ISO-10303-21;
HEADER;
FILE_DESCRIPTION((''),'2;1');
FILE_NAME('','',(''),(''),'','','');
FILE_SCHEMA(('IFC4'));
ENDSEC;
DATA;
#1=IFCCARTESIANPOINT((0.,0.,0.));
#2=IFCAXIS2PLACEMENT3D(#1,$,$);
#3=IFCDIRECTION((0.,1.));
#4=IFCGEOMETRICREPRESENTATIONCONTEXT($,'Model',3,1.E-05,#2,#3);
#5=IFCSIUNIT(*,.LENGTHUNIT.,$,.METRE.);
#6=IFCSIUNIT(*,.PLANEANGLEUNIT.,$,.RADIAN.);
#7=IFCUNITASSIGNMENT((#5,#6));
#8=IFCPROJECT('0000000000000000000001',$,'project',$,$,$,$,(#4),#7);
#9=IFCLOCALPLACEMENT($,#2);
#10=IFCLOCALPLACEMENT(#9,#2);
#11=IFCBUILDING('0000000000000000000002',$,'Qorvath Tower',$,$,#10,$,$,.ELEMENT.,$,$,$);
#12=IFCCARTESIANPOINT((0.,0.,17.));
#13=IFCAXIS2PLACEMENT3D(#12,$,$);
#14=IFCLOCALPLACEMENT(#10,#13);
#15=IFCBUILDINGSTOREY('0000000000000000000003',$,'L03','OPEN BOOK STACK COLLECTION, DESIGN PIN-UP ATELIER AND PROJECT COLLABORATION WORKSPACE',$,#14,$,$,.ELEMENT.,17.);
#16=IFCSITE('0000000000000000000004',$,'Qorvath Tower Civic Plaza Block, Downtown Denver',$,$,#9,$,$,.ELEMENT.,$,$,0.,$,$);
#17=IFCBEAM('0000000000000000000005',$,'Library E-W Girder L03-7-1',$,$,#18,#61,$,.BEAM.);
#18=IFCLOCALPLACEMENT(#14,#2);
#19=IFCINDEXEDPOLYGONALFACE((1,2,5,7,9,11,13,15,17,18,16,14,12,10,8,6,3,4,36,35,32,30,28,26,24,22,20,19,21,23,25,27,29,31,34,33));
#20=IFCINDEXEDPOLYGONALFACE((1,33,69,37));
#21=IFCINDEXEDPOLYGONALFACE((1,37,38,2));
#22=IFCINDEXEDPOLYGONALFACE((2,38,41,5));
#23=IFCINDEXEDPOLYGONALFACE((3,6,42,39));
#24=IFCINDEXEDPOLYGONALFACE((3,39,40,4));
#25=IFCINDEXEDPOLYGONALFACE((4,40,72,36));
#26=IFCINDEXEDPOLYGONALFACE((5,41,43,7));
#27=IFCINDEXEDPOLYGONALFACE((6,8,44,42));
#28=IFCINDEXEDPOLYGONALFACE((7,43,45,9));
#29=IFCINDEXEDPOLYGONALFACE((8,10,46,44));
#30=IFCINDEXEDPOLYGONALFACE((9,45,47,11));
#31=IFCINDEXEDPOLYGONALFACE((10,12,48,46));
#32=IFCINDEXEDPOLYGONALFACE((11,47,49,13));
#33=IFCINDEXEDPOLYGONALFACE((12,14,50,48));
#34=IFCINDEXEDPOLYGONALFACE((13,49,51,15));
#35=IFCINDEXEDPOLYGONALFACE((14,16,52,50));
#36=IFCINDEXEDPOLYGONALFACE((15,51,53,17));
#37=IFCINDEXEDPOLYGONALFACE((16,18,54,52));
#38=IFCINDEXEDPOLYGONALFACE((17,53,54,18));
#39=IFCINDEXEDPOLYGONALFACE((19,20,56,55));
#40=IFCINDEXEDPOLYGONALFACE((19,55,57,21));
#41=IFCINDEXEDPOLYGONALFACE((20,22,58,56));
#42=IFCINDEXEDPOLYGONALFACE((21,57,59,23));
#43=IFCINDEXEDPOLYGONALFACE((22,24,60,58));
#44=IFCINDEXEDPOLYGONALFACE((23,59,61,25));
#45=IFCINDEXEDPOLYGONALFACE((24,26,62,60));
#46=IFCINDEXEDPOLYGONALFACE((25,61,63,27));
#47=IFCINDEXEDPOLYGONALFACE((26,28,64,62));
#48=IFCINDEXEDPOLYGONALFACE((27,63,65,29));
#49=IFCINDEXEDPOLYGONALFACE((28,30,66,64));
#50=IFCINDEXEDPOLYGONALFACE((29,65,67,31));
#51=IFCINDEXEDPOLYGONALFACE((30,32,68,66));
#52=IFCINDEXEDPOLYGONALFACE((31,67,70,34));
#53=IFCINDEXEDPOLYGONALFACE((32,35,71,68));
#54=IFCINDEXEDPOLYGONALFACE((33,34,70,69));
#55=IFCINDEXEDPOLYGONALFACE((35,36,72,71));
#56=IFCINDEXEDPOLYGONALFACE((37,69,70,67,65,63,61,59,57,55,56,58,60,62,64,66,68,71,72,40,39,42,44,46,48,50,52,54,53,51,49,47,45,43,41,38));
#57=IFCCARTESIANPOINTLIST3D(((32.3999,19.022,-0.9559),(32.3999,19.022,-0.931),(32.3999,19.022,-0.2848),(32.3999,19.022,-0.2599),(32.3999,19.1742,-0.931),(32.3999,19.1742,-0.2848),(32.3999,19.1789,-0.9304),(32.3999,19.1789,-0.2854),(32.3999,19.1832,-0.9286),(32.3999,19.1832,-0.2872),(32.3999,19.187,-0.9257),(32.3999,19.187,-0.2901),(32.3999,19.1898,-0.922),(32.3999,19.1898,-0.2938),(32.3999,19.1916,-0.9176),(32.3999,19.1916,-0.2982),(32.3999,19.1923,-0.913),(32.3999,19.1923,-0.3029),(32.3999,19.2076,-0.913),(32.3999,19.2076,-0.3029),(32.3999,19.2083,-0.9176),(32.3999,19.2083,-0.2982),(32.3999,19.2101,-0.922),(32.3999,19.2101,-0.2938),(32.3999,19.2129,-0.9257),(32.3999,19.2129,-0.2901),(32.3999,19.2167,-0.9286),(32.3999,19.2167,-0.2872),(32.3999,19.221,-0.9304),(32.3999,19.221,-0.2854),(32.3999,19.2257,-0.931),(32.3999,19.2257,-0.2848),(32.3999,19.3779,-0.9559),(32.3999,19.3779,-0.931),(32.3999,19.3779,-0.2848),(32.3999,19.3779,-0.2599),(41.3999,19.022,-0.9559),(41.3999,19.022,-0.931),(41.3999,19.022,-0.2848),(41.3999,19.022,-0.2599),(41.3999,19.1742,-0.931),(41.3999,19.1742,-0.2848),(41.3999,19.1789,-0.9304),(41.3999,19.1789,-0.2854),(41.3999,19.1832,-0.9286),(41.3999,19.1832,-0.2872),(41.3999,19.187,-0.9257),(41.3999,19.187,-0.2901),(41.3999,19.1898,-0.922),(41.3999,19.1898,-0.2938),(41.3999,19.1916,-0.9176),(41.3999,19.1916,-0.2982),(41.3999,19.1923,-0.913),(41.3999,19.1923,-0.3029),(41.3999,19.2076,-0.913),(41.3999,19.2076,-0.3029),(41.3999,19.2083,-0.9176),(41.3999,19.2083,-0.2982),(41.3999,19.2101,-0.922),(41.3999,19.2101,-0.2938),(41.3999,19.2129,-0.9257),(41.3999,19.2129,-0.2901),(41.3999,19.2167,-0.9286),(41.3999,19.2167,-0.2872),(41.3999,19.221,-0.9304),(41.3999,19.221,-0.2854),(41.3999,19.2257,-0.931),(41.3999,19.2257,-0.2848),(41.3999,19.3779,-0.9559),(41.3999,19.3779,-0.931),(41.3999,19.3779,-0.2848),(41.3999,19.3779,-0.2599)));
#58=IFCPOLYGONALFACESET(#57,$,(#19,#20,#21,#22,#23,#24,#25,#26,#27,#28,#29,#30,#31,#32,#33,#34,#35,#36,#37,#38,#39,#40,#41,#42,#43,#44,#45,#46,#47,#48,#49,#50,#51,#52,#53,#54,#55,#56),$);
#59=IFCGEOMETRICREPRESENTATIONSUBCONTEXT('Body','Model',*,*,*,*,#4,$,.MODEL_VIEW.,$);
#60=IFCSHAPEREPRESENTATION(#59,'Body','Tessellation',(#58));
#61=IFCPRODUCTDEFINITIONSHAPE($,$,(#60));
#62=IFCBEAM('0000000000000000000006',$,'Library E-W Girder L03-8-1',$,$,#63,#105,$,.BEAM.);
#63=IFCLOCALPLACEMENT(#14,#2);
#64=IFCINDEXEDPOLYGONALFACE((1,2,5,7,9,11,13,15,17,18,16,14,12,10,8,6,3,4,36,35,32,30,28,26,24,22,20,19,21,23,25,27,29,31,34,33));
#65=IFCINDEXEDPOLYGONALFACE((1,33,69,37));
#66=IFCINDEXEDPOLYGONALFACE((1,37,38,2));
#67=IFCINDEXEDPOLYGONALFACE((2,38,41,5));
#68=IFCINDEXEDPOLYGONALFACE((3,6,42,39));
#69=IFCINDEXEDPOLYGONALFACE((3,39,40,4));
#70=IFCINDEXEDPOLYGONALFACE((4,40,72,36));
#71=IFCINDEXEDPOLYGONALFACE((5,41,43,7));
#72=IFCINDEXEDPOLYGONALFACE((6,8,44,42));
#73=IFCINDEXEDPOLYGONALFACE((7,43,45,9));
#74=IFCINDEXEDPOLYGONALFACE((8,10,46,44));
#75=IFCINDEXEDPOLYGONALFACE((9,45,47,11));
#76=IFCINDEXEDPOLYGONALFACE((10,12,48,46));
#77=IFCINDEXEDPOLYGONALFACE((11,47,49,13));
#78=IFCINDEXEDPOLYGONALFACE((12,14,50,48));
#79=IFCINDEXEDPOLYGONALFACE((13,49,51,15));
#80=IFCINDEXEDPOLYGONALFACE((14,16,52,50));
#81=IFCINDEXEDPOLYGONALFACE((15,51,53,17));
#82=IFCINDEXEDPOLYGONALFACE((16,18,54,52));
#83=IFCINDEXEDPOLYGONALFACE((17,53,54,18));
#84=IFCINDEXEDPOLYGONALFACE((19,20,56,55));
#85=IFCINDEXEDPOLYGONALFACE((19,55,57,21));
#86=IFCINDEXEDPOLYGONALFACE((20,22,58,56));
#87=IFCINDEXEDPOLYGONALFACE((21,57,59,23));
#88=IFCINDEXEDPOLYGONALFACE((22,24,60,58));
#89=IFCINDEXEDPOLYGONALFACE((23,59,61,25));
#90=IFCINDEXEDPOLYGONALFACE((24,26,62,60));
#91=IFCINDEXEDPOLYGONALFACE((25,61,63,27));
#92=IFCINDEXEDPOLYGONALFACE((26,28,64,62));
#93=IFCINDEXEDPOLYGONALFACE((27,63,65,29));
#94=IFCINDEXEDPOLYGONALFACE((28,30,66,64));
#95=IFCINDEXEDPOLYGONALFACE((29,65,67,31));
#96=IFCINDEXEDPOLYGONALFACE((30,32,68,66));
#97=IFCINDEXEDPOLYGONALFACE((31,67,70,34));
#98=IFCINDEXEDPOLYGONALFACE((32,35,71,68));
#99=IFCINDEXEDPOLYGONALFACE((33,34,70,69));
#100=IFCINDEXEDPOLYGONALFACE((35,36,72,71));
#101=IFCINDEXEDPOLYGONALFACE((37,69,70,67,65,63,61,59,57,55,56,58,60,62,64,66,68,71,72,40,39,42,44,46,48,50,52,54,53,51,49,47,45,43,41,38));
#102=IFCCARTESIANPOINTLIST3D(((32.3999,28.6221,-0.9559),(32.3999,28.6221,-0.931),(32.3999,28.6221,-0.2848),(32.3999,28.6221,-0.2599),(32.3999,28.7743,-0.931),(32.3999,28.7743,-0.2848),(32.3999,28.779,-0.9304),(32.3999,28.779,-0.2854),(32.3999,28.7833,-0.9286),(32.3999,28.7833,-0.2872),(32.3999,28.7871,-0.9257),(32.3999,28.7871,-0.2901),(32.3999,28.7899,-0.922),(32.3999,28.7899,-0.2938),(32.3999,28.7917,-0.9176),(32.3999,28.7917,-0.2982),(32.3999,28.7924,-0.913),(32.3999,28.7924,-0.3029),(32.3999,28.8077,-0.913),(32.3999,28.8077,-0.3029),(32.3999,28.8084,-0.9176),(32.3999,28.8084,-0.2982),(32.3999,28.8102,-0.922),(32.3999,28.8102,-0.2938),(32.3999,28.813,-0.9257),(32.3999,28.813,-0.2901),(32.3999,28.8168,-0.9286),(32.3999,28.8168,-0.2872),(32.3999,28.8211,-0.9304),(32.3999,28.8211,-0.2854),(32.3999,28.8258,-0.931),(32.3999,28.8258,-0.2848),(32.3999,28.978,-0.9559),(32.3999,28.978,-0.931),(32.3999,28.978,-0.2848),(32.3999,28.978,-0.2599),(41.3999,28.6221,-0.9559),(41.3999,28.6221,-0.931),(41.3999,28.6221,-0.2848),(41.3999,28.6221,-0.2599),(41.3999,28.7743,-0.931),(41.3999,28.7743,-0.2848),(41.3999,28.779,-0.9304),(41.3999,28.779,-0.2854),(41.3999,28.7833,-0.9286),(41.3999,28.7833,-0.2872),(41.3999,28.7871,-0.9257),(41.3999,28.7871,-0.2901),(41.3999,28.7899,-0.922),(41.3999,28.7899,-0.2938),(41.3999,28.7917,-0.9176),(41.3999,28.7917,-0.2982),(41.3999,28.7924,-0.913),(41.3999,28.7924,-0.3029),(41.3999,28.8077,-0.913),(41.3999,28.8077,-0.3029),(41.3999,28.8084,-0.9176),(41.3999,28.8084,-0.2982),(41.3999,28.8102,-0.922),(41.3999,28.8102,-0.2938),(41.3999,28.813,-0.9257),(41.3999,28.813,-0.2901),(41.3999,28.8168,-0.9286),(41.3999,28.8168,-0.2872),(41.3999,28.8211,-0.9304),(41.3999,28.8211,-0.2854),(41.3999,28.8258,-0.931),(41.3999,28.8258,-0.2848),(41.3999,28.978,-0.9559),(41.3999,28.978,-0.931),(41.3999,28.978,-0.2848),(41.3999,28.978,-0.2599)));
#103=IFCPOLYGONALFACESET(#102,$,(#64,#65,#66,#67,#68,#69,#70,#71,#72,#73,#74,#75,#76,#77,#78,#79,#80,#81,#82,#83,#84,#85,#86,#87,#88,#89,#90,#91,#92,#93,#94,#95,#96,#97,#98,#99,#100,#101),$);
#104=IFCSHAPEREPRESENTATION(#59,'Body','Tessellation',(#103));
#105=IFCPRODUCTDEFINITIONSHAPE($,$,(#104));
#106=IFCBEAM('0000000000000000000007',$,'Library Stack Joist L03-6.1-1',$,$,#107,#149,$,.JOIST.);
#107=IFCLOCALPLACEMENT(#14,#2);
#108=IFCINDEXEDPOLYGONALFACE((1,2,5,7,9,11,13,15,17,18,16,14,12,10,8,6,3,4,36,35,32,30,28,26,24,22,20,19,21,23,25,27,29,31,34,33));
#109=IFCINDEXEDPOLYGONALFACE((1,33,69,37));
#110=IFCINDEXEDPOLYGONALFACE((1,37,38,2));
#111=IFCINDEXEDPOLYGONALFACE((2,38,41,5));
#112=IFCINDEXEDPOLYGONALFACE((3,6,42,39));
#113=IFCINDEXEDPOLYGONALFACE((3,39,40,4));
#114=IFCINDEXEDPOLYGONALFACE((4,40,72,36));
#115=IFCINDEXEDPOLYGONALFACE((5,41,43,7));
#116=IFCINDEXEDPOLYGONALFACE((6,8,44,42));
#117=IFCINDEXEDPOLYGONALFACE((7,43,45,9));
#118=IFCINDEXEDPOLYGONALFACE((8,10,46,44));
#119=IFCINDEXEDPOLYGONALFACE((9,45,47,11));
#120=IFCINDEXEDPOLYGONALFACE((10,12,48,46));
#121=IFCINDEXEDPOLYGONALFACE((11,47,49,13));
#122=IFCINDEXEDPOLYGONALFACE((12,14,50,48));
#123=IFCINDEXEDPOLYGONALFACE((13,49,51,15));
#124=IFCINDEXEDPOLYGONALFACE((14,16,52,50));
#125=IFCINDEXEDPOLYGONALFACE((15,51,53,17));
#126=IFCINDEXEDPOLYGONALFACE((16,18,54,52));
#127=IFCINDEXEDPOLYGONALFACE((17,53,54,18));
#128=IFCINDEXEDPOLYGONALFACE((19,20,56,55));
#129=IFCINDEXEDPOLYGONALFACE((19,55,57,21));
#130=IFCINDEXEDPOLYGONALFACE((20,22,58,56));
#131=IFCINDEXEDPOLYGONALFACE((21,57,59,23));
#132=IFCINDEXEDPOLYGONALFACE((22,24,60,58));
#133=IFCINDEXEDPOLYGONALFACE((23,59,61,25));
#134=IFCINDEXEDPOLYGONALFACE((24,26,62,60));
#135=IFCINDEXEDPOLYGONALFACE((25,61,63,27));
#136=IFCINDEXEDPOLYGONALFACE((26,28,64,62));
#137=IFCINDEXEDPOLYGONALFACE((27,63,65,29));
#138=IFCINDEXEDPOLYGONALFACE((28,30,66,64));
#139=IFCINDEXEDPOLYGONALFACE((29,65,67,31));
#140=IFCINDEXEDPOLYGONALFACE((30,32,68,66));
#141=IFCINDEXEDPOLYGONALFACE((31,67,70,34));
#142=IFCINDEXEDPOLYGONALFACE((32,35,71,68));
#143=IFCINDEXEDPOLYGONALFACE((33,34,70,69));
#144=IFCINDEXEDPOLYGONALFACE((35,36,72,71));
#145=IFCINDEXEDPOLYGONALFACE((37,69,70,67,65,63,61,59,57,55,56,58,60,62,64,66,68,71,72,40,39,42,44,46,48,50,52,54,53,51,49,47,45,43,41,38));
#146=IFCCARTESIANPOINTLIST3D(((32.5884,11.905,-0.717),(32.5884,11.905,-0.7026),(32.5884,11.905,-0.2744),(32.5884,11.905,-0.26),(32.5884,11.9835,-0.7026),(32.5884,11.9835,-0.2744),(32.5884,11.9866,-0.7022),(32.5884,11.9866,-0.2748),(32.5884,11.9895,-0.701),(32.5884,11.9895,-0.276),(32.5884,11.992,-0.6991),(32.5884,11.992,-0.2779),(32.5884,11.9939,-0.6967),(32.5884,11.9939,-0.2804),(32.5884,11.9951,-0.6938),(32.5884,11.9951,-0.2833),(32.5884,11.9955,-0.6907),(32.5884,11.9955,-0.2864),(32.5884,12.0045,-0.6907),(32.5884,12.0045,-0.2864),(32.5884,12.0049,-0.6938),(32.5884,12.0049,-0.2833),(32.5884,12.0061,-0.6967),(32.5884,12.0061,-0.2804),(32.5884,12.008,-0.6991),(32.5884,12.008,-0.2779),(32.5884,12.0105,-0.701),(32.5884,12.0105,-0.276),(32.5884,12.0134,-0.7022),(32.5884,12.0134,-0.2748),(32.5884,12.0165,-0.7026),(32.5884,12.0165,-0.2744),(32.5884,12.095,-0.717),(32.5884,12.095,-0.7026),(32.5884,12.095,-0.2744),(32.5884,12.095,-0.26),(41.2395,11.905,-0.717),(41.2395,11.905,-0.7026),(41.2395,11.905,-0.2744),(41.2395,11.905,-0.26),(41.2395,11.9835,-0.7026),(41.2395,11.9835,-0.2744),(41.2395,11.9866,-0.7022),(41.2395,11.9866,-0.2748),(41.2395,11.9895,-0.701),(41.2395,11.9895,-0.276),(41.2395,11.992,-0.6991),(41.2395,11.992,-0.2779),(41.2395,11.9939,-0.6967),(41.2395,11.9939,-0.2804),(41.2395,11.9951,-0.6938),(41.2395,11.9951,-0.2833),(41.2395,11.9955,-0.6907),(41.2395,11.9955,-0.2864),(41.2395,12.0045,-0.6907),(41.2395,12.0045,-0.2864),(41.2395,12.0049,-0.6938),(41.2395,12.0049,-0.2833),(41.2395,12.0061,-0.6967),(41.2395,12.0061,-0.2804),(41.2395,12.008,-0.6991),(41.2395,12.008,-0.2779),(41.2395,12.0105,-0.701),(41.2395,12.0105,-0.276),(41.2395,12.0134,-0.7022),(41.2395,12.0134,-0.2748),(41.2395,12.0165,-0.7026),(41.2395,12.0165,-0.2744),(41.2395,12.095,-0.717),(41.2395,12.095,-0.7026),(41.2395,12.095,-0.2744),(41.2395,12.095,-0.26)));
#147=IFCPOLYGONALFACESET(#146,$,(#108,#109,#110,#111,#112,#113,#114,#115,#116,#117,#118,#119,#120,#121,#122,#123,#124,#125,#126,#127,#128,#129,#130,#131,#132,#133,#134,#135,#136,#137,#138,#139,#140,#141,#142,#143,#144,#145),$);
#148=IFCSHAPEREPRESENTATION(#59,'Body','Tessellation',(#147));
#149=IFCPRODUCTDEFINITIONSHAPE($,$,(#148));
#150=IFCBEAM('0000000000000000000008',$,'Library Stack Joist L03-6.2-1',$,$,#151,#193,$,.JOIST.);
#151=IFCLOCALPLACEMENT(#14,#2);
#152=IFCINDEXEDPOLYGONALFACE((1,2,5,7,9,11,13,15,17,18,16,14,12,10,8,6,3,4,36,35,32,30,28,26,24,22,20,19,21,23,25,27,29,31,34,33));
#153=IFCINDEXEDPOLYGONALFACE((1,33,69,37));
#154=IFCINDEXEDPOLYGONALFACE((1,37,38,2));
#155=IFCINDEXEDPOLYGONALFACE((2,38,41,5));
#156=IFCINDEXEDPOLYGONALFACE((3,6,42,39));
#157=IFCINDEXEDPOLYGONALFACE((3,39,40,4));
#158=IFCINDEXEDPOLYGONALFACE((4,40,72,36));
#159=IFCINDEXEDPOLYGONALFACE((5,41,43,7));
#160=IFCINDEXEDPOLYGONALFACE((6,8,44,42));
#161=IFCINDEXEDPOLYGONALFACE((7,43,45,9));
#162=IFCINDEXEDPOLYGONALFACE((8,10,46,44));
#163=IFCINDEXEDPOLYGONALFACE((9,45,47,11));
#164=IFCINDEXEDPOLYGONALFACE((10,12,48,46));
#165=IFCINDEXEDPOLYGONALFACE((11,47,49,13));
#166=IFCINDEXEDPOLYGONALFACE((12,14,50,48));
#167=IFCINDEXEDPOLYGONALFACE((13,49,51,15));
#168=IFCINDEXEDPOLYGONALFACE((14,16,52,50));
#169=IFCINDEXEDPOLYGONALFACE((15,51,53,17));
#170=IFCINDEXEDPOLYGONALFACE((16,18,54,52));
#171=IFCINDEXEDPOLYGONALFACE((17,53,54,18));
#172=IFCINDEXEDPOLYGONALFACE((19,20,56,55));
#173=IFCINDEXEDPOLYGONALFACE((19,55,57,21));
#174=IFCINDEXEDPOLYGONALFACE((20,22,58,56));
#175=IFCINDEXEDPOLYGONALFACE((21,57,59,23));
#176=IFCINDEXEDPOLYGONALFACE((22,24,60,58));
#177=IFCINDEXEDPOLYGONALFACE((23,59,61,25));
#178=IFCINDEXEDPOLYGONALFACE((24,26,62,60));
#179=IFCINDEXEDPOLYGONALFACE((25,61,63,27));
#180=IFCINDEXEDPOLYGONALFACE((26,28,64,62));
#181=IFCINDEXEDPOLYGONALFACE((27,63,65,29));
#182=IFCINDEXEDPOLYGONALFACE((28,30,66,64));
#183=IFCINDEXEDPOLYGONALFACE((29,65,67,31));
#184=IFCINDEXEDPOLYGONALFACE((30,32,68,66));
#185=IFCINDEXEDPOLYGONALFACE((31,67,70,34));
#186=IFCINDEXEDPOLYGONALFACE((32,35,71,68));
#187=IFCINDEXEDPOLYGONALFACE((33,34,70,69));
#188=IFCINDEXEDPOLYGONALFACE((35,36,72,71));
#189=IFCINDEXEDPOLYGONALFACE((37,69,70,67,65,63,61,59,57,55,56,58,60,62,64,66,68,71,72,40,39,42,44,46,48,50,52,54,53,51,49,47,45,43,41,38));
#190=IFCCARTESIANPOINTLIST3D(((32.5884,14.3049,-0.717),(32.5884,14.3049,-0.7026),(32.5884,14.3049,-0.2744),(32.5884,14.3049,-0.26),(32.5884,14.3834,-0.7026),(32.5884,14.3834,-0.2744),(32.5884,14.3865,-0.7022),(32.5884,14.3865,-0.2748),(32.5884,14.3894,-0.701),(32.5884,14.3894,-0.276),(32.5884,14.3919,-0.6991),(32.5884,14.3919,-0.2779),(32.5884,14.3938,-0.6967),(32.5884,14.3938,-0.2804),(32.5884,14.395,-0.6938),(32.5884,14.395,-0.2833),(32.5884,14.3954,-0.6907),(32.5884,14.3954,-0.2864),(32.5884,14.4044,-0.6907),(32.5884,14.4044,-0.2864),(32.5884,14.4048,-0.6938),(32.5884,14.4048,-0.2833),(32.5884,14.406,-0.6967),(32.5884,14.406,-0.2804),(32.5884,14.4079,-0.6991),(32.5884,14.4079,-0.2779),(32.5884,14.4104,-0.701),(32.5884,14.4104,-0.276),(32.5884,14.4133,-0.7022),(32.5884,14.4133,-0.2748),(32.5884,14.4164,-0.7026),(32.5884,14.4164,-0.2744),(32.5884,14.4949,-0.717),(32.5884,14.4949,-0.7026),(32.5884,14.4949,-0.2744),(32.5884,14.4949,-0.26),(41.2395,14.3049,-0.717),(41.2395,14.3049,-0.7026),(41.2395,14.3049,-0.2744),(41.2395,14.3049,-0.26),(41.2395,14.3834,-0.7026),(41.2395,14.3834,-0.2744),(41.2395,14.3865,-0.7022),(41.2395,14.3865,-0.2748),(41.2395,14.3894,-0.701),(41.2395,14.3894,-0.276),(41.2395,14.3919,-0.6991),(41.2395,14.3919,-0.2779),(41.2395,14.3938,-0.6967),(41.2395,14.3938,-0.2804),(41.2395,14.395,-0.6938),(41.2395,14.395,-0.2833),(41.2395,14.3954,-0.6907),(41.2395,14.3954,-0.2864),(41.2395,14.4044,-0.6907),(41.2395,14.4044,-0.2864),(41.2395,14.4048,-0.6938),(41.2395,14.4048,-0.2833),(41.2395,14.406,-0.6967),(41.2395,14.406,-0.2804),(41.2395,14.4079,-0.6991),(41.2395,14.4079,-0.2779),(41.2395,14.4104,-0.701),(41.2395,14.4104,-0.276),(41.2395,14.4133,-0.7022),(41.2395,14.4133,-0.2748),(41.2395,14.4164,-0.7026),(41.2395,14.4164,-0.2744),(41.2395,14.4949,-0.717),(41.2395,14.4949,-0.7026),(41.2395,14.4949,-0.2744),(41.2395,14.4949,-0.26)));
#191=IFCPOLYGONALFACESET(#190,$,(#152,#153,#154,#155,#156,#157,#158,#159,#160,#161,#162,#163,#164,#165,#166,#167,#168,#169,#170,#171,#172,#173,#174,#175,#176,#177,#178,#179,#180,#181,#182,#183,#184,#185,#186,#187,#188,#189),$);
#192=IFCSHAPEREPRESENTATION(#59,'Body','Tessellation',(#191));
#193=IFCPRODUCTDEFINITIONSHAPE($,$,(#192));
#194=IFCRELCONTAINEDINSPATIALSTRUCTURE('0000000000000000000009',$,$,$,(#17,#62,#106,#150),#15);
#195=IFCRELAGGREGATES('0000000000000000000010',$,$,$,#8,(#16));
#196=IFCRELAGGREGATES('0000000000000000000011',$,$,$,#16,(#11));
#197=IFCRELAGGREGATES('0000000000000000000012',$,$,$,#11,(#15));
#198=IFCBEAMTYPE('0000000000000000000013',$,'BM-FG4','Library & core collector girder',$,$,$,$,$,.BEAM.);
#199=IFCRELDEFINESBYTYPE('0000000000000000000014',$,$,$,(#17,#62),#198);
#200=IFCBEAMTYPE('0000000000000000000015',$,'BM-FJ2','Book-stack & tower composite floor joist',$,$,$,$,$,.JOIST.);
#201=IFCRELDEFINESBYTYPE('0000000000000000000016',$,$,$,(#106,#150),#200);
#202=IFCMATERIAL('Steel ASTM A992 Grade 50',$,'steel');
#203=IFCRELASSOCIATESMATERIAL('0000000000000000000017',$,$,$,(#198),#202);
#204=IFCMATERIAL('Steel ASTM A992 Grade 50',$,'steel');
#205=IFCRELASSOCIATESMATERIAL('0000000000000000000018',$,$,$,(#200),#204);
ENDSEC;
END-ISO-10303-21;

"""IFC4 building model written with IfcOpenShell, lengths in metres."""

from ifc_helpers import new_model, si_unit, direction, frame, origin, origin_2d, place, context, subcontext, project, spatial, i_section, extrude, material, material_profile, profile_set, type_object, element, save


model = new_model("IFC4")

# Units and contexts
model_context = context("Model", 3, precision=1e-05, world=origin(), true_north=direction((0.0, 1.0)))
body_context = subcontext(model_context, "Body", "Model", "MODEL_VIEW")
ifc_project = project(units=[si_unit("LENGTHUNIT", "METRE"), si_unit("PLANEANGLEUNIT", "RADIAN")], contexts=[model_context])

# Site, building, storey
site_placement = place(None, origin())
site = spatial("IfcSite", under=ifc_project, at=site_placement, Name="Qorvath Tower Civic Plaza Block, Downtown Denver", CompositionType="ELEMENT", RefElevation=0.0)
building_placement = place(site_placement, origin())
building = spatial("IfcBuilding", under=site, at=building_placement, Name="Qorvath Tower", CompositionType="ELEMENT")
storey_placement = place(building_placement, frame((0.0, 0.0, 17.0)))
storey = spatial("IfcBuildingStorey", under=building, at=storey_placement, Name="L03", Description="OPEN BOOK STACK COLLECTION, DESIGN PIN-UP ATELIER AND PROJECT COLLABORATION WORKSPACE", CompositionType="ELEMENT", Elevation=17.0)

# Beams
ifc_material_1 = material(Name="Steel ASTM A992 Grade 50", Category="steel")
ifc_material_profile_1 = material_profile(ifc_material_1, i_section(OverallWidth=0.356, OverallDepth=0.696, WebThickness=0.0154, FlangeThickness=0.0249, FilletRadius=0.0181, at=origin_2d()), Name="W27x146")
ifc_profile_set_1 = profile_set([ifc_material_profile_1], Name="Steel ASTM A992 Grade 50")
beam_type_1 = type_object("IfcBeamType", Name="BM-FG4", Description="Library & core collector girder", PredefinedType="BEAM", material=ifc_profile_set_1)
for number, where, z_axis, x_axis, name in (
    (1, (32.3999, 19.2, -0.6079), (1.0, 0.0, 0.0), (0.0, 1.0, 0.0), "Library E-W Girder L03-7-1"),
    (2, (32.3999, 28.8, -0.6079), (1.0, 0.0, 0.0), (0.0, 1.0, 0.0), "Library E-W Girder L03-8-1"),
):
    element("IfcBeam", number, at=place(storey_placement, frame(where, z_axis=z_axis, x_axis=x_axis)), inside=storey, type_object=beam_type_1, Name=name, PredefinedType="BEAM", context=body_context, shape_type="SweptSolid", body=[
        extrude(i_section(OverallWidth=0.356, OverallDepth=0.696, WebThickness=0.0154, FlangeThickness=0.0249, FilletRadius=0.0181, at=origin_2d()), origin(), (0.0, 0.0, 1.0), 9.0),
    ])
ifc_material_2 = material(Name="Steel ASTM A992 Grade 50", Category="steel")
ifc_material_profile_2 = material_profile(ifc_material_2, i_section(OverallWidth=0.1899, OverallDepth=0.457, WebThickness=0.009, FlangeThickness=0.0144, FilletRadius=0.012, at=origin_2d()), Name="W18x50")
ifc_profile_set_2 = profile_set([ifc_material_profile_2], Name="Steel ASTM A992 Grade 50")
beam_type_2 = type_object("IfcBeamType", Name="BM-FJ2", Description="Book-stack & tower composite floor joist", PredefinedType="JOIST", material=ifc_profile_set_2)
for number, where, z_axis, x_axis, name in (
    (3, (32.5884, 12.0, -0.4885), (1.0, 0.0, 0.0), (0.0, 1.0, 0.0), "Library Stack Joist L03-6.1-1"),
    (4, (32.5884, 14.3999, -0.4885), (1.0, 0.0, 0.0), (0.0, 1.0, 0.0), "Library Stack Joist L03-6.2-1"),
):
    element("IfcBeam", number, at=place(storey_placement, frame(where, z_axis=z_axis, x_axis=x_axis)), inside=storey, type_object=beam_type_2, Name=name, PredefinedType="JOIST", context=body_context, shape_type="SweptSolid", body=[
        extrude(i_section(OverallWidth=0.1899, OverallDepth=0.457, WebThickness=0.009, FlangeThickness=0.0144, FilletRadius=0.012, at=origin_2d()), origin(), (0.0, 0.0, 1.0), 8.6511),
    ])

save(model, "model.ifc")
